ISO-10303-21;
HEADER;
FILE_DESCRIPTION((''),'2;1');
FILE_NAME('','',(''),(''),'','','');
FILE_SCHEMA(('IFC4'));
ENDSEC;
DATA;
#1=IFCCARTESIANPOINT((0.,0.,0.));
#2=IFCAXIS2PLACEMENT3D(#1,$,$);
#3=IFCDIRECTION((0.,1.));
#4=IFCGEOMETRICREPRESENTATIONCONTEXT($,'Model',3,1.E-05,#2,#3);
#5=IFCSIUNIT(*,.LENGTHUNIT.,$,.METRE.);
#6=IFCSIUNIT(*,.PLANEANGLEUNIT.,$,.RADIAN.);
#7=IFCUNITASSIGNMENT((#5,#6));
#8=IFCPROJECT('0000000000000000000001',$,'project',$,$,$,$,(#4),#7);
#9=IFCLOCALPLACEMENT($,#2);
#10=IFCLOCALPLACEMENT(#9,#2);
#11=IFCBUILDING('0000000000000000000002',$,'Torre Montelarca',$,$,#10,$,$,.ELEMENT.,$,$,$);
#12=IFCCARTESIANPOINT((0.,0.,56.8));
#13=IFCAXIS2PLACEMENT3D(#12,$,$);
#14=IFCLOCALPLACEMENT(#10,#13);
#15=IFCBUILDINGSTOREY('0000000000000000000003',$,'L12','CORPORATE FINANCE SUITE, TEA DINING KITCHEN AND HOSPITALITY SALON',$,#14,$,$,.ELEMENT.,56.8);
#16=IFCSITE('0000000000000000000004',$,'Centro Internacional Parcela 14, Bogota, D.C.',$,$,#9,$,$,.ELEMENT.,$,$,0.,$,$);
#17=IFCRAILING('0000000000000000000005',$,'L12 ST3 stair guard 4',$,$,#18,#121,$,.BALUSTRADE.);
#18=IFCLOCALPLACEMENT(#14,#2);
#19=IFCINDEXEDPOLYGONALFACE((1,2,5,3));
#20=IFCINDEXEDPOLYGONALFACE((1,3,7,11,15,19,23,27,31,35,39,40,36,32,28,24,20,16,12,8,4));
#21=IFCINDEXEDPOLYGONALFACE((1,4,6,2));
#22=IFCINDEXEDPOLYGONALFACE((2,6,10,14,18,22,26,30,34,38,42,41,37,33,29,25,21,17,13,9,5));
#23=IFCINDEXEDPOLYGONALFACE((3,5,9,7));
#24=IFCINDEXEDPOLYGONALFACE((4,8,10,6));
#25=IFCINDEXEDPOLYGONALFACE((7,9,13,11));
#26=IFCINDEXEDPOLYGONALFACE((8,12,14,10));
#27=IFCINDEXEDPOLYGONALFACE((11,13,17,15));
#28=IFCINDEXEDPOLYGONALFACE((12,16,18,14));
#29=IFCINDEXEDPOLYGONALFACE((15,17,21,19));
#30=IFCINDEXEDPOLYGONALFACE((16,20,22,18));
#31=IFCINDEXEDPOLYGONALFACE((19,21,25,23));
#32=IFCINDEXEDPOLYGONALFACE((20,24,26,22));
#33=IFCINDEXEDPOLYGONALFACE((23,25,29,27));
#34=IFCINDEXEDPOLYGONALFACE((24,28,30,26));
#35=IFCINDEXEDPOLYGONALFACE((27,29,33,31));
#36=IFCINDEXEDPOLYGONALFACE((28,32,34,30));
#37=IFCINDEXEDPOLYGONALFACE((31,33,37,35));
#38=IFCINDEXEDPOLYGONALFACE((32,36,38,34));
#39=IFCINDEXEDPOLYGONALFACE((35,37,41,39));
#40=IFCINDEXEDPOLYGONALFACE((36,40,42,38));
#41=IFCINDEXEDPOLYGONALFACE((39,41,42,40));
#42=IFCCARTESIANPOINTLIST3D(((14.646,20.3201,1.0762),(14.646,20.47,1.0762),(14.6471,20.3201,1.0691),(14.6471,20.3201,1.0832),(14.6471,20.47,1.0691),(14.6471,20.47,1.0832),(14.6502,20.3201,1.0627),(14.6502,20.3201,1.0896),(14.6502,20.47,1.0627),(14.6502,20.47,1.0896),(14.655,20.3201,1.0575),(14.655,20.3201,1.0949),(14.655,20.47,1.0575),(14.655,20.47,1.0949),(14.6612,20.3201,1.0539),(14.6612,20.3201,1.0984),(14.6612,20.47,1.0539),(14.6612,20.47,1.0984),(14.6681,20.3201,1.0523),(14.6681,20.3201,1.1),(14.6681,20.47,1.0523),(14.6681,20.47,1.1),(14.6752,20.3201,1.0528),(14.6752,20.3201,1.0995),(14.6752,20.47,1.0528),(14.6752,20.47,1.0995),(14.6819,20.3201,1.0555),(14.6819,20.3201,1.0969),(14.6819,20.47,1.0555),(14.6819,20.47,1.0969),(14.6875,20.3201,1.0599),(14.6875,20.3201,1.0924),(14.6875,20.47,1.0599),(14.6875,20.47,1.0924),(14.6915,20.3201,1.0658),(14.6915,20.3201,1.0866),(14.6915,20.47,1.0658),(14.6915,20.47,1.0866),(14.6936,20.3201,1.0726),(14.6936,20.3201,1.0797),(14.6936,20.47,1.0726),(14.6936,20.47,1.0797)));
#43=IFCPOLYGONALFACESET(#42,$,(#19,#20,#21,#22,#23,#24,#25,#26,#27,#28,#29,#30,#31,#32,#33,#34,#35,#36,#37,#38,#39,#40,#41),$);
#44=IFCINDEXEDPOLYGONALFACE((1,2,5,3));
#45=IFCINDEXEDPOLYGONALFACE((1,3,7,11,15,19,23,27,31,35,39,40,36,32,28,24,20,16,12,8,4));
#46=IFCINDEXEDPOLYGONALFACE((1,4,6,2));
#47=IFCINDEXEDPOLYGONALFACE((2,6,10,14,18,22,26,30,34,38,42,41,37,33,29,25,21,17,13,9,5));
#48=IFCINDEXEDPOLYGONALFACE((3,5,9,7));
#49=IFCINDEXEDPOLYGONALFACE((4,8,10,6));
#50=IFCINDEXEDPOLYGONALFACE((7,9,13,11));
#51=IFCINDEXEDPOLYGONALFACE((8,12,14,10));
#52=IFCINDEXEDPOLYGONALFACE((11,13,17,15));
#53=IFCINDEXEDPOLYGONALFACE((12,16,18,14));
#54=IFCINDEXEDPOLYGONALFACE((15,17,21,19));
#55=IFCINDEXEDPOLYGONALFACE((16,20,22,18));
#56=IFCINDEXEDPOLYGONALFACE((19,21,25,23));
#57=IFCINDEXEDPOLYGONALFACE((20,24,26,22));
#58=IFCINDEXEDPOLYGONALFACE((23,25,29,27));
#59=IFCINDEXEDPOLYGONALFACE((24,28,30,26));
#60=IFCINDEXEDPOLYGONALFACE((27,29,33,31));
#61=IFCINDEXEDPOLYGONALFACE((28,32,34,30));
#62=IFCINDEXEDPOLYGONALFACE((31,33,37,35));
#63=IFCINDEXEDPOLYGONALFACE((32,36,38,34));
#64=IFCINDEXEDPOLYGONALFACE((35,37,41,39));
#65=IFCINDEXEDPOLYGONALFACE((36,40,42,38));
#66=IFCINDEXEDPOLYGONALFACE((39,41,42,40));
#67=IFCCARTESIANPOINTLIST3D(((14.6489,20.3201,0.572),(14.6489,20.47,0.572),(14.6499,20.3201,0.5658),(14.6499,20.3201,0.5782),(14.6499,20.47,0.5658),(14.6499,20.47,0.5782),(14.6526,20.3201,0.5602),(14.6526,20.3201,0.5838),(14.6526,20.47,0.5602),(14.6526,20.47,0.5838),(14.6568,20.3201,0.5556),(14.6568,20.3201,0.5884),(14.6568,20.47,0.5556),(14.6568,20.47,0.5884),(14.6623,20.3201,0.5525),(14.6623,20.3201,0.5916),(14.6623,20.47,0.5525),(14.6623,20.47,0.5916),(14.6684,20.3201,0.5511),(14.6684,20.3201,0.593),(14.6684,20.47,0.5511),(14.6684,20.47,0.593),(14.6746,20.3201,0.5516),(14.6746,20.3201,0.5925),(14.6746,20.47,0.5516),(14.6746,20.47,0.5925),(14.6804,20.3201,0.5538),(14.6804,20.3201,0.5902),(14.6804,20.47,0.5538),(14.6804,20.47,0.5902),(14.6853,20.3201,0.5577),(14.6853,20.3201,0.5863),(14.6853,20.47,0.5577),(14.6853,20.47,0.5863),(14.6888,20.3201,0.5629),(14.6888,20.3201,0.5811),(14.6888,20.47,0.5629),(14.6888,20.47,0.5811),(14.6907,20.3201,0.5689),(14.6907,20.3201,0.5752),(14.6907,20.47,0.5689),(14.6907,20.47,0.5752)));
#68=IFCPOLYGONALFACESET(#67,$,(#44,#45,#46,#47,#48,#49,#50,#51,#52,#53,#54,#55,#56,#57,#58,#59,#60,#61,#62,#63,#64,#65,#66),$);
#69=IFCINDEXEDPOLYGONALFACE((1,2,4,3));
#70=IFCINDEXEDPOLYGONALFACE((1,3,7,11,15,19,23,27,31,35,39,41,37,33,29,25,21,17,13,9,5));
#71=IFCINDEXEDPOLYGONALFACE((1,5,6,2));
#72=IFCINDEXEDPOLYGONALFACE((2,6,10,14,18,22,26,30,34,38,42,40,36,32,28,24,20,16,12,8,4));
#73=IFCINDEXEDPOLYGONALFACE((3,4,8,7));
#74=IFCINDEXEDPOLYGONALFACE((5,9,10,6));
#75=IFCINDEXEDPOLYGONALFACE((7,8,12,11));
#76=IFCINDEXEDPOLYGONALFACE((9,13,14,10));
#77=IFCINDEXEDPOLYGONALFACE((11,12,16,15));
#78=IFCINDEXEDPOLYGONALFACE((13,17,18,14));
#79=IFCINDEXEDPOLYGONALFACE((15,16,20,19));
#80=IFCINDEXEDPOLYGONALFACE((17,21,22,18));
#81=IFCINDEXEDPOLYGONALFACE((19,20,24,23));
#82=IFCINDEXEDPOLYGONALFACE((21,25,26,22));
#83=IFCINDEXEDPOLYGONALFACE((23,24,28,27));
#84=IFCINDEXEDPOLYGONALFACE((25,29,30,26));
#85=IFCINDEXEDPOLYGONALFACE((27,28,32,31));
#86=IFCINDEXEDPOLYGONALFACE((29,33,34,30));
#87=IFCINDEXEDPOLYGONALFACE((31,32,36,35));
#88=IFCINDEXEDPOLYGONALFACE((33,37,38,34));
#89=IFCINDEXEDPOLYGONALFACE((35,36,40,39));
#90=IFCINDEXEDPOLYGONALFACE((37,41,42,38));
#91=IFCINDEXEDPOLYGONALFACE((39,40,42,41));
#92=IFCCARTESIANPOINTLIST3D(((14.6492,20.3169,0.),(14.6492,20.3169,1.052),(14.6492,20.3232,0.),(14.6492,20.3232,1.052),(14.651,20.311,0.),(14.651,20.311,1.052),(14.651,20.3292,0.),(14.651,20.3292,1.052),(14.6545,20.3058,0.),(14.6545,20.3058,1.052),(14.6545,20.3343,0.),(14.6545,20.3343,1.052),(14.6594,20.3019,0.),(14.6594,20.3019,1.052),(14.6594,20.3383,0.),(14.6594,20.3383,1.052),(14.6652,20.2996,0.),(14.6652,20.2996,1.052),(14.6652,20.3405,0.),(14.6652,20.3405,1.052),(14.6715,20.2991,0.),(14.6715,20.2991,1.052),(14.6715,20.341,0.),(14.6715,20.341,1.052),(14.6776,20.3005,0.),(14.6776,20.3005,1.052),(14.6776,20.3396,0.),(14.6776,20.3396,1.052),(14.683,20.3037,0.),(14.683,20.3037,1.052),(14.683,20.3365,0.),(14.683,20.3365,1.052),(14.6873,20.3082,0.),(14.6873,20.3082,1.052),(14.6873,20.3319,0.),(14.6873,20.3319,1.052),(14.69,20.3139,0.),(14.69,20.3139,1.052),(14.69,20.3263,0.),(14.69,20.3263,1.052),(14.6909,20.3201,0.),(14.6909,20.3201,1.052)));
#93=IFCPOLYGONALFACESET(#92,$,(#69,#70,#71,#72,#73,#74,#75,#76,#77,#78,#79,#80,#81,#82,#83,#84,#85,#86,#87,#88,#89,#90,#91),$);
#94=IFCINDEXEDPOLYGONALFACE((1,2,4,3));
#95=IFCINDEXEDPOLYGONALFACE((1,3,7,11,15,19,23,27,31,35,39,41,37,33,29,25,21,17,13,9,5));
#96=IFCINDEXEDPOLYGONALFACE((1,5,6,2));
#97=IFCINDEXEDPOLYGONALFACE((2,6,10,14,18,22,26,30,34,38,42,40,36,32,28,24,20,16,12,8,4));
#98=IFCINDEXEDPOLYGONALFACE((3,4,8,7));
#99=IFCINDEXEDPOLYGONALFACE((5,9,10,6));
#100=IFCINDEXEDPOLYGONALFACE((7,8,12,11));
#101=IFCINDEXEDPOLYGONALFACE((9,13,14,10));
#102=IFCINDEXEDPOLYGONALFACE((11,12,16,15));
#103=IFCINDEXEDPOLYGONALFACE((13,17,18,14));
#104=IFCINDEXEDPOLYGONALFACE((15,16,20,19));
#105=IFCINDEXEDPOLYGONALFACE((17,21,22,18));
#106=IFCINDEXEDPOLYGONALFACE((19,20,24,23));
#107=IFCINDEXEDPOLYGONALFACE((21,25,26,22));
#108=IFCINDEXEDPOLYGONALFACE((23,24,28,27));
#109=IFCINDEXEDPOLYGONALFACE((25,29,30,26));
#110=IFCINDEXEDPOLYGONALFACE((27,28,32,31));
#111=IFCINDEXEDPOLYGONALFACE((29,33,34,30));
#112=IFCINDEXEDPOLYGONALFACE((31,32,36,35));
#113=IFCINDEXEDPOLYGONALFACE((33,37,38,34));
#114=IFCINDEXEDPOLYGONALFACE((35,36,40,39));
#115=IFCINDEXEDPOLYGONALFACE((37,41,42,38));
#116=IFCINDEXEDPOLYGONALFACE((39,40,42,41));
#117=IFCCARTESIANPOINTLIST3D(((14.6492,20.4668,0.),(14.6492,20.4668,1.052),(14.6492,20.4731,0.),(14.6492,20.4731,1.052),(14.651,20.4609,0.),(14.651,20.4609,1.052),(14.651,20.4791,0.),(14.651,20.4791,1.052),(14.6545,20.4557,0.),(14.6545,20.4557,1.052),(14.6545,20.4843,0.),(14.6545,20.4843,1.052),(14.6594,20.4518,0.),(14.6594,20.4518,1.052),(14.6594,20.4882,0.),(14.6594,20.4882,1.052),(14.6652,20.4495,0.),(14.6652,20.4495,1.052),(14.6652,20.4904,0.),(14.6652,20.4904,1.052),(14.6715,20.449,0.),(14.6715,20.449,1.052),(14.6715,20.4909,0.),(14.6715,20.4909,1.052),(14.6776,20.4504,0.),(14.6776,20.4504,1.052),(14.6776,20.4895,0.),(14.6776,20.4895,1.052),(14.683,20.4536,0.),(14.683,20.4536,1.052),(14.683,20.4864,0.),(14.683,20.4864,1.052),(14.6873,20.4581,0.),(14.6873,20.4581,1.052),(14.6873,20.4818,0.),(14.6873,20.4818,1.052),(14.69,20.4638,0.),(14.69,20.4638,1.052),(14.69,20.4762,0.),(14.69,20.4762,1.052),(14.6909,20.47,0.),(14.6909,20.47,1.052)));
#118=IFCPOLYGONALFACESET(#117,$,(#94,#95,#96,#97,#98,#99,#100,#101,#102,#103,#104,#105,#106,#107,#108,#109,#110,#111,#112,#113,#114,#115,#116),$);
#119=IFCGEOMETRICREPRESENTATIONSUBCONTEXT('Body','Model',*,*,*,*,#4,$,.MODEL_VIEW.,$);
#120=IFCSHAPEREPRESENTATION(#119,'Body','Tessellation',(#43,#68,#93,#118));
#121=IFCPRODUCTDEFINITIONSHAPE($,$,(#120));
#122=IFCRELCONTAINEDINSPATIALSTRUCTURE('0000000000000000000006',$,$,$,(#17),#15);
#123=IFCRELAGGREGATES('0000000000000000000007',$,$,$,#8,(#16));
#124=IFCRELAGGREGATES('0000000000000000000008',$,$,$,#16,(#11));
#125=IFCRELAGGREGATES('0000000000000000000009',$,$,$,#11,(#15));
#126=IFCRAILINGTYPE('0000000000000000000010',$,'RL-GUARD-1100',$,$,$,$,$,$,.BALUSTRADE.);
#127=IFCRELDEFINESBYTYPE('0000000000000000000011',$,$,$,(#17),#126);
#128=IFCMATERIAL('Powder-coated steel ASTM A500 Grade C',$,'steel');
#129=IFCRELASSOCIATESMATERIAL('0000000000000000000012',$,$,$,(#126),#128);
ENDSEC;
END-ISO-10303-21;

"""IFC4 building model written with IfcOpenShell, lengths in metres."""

from ifc_helpers import new_model, si_unit, direction, frame, origin, origin_2d, place, context, subcontext, project, spatial, circle, extrude, material, type_object, element, save


model = new_model("IFC4")

# Units and contexts
model_context = context("Model", 3, precision=1e-05, world=origin(), true_north=direction((0.0, 1.0)))
body_context = subcontext(model_context, "Body", "Model", "MODEL_VIEW")
ifc_project = project(units=[si_unit("LENGTHUNIT", "METRE"), si_unit("PLANEANGLEUNIT", "RADIAN")], contexts=[model_context])

# Site, building, storey
site_placement = place(None, origin())
site = spatial("IfcSite", under=ifc_project, at=site_placement, Name="Centro Internacional Parcela 14, Bogota, D.C.", CompositionType="ELEMENT", RefElevation=0.0)
building_placement = place(site_placement, origin())
building = spatial("IfcBuilding", under=site, at=building_placement, Name="Torre Montelarca", CompositionType="ELEMENT")
storey_placement = place(building_placement, frame((0.0, 0.0, 56.8)))
storey = spatial("IfcBuildingStorey", under=building, at=storey_placement, Name="L12", Description="CORPORATE FINANCE SUITE, TEA DINING KITCHEN AND HOSPITALITY SALON", CompositionType="ELEMENT", Elevation=56.8)

# Railing
ifc_material_1 = material(Name="Powder-coated steel ASTM A500 Grade C", Category="steel")
railing_type_1 = type_object("IfcRailingType", Name="RL-GUARD-1100", PredefinedType="BALUSTRADE", material=ifc_material_1)
railing_1_placement = place(storey_placement, frame((14.6699, 20.3201, 0.0)))
element("IfcRailing", 1, at=railing_1_placement, inside=storey, type_object=railing_type_1, Name="L12 ST3 stair guard 4", PredefinedType="BALUSTRADE", context=body_context, shape_type="SweptSolid", body=[
    extrude(circle(Radius=0.0239, at=origin_2d()), frame((0.0, 0.0, 1.0762), z_axis=(0.0, 1.0, 0.0), x_axis=(-1.0, 0.0, 0.0)), (0.0, 0.0, 1.0), 0.1499),
    extrude(circle(Radius=0.021, at=origin_2d()), frame((0.0, 0.0, 0.572), z_axis=(0.0, 1.0, 0.0), x_axis=(-1.0, 0.0, 0.0)), (0.0, 0.0, 1.0), 0.1499),
    extrude(circle(Radius=0.021, at=origin_2d()), origin(), (0.0, 0.0, 1.0), 1.052),
    extrude(circle(Radius=0.021, at=origin_2d()), frame((0.0, 0.1499, 0.0)), (0.0, 0.0, 1.0), 1.052),
])

save(model, "model.ifc")
